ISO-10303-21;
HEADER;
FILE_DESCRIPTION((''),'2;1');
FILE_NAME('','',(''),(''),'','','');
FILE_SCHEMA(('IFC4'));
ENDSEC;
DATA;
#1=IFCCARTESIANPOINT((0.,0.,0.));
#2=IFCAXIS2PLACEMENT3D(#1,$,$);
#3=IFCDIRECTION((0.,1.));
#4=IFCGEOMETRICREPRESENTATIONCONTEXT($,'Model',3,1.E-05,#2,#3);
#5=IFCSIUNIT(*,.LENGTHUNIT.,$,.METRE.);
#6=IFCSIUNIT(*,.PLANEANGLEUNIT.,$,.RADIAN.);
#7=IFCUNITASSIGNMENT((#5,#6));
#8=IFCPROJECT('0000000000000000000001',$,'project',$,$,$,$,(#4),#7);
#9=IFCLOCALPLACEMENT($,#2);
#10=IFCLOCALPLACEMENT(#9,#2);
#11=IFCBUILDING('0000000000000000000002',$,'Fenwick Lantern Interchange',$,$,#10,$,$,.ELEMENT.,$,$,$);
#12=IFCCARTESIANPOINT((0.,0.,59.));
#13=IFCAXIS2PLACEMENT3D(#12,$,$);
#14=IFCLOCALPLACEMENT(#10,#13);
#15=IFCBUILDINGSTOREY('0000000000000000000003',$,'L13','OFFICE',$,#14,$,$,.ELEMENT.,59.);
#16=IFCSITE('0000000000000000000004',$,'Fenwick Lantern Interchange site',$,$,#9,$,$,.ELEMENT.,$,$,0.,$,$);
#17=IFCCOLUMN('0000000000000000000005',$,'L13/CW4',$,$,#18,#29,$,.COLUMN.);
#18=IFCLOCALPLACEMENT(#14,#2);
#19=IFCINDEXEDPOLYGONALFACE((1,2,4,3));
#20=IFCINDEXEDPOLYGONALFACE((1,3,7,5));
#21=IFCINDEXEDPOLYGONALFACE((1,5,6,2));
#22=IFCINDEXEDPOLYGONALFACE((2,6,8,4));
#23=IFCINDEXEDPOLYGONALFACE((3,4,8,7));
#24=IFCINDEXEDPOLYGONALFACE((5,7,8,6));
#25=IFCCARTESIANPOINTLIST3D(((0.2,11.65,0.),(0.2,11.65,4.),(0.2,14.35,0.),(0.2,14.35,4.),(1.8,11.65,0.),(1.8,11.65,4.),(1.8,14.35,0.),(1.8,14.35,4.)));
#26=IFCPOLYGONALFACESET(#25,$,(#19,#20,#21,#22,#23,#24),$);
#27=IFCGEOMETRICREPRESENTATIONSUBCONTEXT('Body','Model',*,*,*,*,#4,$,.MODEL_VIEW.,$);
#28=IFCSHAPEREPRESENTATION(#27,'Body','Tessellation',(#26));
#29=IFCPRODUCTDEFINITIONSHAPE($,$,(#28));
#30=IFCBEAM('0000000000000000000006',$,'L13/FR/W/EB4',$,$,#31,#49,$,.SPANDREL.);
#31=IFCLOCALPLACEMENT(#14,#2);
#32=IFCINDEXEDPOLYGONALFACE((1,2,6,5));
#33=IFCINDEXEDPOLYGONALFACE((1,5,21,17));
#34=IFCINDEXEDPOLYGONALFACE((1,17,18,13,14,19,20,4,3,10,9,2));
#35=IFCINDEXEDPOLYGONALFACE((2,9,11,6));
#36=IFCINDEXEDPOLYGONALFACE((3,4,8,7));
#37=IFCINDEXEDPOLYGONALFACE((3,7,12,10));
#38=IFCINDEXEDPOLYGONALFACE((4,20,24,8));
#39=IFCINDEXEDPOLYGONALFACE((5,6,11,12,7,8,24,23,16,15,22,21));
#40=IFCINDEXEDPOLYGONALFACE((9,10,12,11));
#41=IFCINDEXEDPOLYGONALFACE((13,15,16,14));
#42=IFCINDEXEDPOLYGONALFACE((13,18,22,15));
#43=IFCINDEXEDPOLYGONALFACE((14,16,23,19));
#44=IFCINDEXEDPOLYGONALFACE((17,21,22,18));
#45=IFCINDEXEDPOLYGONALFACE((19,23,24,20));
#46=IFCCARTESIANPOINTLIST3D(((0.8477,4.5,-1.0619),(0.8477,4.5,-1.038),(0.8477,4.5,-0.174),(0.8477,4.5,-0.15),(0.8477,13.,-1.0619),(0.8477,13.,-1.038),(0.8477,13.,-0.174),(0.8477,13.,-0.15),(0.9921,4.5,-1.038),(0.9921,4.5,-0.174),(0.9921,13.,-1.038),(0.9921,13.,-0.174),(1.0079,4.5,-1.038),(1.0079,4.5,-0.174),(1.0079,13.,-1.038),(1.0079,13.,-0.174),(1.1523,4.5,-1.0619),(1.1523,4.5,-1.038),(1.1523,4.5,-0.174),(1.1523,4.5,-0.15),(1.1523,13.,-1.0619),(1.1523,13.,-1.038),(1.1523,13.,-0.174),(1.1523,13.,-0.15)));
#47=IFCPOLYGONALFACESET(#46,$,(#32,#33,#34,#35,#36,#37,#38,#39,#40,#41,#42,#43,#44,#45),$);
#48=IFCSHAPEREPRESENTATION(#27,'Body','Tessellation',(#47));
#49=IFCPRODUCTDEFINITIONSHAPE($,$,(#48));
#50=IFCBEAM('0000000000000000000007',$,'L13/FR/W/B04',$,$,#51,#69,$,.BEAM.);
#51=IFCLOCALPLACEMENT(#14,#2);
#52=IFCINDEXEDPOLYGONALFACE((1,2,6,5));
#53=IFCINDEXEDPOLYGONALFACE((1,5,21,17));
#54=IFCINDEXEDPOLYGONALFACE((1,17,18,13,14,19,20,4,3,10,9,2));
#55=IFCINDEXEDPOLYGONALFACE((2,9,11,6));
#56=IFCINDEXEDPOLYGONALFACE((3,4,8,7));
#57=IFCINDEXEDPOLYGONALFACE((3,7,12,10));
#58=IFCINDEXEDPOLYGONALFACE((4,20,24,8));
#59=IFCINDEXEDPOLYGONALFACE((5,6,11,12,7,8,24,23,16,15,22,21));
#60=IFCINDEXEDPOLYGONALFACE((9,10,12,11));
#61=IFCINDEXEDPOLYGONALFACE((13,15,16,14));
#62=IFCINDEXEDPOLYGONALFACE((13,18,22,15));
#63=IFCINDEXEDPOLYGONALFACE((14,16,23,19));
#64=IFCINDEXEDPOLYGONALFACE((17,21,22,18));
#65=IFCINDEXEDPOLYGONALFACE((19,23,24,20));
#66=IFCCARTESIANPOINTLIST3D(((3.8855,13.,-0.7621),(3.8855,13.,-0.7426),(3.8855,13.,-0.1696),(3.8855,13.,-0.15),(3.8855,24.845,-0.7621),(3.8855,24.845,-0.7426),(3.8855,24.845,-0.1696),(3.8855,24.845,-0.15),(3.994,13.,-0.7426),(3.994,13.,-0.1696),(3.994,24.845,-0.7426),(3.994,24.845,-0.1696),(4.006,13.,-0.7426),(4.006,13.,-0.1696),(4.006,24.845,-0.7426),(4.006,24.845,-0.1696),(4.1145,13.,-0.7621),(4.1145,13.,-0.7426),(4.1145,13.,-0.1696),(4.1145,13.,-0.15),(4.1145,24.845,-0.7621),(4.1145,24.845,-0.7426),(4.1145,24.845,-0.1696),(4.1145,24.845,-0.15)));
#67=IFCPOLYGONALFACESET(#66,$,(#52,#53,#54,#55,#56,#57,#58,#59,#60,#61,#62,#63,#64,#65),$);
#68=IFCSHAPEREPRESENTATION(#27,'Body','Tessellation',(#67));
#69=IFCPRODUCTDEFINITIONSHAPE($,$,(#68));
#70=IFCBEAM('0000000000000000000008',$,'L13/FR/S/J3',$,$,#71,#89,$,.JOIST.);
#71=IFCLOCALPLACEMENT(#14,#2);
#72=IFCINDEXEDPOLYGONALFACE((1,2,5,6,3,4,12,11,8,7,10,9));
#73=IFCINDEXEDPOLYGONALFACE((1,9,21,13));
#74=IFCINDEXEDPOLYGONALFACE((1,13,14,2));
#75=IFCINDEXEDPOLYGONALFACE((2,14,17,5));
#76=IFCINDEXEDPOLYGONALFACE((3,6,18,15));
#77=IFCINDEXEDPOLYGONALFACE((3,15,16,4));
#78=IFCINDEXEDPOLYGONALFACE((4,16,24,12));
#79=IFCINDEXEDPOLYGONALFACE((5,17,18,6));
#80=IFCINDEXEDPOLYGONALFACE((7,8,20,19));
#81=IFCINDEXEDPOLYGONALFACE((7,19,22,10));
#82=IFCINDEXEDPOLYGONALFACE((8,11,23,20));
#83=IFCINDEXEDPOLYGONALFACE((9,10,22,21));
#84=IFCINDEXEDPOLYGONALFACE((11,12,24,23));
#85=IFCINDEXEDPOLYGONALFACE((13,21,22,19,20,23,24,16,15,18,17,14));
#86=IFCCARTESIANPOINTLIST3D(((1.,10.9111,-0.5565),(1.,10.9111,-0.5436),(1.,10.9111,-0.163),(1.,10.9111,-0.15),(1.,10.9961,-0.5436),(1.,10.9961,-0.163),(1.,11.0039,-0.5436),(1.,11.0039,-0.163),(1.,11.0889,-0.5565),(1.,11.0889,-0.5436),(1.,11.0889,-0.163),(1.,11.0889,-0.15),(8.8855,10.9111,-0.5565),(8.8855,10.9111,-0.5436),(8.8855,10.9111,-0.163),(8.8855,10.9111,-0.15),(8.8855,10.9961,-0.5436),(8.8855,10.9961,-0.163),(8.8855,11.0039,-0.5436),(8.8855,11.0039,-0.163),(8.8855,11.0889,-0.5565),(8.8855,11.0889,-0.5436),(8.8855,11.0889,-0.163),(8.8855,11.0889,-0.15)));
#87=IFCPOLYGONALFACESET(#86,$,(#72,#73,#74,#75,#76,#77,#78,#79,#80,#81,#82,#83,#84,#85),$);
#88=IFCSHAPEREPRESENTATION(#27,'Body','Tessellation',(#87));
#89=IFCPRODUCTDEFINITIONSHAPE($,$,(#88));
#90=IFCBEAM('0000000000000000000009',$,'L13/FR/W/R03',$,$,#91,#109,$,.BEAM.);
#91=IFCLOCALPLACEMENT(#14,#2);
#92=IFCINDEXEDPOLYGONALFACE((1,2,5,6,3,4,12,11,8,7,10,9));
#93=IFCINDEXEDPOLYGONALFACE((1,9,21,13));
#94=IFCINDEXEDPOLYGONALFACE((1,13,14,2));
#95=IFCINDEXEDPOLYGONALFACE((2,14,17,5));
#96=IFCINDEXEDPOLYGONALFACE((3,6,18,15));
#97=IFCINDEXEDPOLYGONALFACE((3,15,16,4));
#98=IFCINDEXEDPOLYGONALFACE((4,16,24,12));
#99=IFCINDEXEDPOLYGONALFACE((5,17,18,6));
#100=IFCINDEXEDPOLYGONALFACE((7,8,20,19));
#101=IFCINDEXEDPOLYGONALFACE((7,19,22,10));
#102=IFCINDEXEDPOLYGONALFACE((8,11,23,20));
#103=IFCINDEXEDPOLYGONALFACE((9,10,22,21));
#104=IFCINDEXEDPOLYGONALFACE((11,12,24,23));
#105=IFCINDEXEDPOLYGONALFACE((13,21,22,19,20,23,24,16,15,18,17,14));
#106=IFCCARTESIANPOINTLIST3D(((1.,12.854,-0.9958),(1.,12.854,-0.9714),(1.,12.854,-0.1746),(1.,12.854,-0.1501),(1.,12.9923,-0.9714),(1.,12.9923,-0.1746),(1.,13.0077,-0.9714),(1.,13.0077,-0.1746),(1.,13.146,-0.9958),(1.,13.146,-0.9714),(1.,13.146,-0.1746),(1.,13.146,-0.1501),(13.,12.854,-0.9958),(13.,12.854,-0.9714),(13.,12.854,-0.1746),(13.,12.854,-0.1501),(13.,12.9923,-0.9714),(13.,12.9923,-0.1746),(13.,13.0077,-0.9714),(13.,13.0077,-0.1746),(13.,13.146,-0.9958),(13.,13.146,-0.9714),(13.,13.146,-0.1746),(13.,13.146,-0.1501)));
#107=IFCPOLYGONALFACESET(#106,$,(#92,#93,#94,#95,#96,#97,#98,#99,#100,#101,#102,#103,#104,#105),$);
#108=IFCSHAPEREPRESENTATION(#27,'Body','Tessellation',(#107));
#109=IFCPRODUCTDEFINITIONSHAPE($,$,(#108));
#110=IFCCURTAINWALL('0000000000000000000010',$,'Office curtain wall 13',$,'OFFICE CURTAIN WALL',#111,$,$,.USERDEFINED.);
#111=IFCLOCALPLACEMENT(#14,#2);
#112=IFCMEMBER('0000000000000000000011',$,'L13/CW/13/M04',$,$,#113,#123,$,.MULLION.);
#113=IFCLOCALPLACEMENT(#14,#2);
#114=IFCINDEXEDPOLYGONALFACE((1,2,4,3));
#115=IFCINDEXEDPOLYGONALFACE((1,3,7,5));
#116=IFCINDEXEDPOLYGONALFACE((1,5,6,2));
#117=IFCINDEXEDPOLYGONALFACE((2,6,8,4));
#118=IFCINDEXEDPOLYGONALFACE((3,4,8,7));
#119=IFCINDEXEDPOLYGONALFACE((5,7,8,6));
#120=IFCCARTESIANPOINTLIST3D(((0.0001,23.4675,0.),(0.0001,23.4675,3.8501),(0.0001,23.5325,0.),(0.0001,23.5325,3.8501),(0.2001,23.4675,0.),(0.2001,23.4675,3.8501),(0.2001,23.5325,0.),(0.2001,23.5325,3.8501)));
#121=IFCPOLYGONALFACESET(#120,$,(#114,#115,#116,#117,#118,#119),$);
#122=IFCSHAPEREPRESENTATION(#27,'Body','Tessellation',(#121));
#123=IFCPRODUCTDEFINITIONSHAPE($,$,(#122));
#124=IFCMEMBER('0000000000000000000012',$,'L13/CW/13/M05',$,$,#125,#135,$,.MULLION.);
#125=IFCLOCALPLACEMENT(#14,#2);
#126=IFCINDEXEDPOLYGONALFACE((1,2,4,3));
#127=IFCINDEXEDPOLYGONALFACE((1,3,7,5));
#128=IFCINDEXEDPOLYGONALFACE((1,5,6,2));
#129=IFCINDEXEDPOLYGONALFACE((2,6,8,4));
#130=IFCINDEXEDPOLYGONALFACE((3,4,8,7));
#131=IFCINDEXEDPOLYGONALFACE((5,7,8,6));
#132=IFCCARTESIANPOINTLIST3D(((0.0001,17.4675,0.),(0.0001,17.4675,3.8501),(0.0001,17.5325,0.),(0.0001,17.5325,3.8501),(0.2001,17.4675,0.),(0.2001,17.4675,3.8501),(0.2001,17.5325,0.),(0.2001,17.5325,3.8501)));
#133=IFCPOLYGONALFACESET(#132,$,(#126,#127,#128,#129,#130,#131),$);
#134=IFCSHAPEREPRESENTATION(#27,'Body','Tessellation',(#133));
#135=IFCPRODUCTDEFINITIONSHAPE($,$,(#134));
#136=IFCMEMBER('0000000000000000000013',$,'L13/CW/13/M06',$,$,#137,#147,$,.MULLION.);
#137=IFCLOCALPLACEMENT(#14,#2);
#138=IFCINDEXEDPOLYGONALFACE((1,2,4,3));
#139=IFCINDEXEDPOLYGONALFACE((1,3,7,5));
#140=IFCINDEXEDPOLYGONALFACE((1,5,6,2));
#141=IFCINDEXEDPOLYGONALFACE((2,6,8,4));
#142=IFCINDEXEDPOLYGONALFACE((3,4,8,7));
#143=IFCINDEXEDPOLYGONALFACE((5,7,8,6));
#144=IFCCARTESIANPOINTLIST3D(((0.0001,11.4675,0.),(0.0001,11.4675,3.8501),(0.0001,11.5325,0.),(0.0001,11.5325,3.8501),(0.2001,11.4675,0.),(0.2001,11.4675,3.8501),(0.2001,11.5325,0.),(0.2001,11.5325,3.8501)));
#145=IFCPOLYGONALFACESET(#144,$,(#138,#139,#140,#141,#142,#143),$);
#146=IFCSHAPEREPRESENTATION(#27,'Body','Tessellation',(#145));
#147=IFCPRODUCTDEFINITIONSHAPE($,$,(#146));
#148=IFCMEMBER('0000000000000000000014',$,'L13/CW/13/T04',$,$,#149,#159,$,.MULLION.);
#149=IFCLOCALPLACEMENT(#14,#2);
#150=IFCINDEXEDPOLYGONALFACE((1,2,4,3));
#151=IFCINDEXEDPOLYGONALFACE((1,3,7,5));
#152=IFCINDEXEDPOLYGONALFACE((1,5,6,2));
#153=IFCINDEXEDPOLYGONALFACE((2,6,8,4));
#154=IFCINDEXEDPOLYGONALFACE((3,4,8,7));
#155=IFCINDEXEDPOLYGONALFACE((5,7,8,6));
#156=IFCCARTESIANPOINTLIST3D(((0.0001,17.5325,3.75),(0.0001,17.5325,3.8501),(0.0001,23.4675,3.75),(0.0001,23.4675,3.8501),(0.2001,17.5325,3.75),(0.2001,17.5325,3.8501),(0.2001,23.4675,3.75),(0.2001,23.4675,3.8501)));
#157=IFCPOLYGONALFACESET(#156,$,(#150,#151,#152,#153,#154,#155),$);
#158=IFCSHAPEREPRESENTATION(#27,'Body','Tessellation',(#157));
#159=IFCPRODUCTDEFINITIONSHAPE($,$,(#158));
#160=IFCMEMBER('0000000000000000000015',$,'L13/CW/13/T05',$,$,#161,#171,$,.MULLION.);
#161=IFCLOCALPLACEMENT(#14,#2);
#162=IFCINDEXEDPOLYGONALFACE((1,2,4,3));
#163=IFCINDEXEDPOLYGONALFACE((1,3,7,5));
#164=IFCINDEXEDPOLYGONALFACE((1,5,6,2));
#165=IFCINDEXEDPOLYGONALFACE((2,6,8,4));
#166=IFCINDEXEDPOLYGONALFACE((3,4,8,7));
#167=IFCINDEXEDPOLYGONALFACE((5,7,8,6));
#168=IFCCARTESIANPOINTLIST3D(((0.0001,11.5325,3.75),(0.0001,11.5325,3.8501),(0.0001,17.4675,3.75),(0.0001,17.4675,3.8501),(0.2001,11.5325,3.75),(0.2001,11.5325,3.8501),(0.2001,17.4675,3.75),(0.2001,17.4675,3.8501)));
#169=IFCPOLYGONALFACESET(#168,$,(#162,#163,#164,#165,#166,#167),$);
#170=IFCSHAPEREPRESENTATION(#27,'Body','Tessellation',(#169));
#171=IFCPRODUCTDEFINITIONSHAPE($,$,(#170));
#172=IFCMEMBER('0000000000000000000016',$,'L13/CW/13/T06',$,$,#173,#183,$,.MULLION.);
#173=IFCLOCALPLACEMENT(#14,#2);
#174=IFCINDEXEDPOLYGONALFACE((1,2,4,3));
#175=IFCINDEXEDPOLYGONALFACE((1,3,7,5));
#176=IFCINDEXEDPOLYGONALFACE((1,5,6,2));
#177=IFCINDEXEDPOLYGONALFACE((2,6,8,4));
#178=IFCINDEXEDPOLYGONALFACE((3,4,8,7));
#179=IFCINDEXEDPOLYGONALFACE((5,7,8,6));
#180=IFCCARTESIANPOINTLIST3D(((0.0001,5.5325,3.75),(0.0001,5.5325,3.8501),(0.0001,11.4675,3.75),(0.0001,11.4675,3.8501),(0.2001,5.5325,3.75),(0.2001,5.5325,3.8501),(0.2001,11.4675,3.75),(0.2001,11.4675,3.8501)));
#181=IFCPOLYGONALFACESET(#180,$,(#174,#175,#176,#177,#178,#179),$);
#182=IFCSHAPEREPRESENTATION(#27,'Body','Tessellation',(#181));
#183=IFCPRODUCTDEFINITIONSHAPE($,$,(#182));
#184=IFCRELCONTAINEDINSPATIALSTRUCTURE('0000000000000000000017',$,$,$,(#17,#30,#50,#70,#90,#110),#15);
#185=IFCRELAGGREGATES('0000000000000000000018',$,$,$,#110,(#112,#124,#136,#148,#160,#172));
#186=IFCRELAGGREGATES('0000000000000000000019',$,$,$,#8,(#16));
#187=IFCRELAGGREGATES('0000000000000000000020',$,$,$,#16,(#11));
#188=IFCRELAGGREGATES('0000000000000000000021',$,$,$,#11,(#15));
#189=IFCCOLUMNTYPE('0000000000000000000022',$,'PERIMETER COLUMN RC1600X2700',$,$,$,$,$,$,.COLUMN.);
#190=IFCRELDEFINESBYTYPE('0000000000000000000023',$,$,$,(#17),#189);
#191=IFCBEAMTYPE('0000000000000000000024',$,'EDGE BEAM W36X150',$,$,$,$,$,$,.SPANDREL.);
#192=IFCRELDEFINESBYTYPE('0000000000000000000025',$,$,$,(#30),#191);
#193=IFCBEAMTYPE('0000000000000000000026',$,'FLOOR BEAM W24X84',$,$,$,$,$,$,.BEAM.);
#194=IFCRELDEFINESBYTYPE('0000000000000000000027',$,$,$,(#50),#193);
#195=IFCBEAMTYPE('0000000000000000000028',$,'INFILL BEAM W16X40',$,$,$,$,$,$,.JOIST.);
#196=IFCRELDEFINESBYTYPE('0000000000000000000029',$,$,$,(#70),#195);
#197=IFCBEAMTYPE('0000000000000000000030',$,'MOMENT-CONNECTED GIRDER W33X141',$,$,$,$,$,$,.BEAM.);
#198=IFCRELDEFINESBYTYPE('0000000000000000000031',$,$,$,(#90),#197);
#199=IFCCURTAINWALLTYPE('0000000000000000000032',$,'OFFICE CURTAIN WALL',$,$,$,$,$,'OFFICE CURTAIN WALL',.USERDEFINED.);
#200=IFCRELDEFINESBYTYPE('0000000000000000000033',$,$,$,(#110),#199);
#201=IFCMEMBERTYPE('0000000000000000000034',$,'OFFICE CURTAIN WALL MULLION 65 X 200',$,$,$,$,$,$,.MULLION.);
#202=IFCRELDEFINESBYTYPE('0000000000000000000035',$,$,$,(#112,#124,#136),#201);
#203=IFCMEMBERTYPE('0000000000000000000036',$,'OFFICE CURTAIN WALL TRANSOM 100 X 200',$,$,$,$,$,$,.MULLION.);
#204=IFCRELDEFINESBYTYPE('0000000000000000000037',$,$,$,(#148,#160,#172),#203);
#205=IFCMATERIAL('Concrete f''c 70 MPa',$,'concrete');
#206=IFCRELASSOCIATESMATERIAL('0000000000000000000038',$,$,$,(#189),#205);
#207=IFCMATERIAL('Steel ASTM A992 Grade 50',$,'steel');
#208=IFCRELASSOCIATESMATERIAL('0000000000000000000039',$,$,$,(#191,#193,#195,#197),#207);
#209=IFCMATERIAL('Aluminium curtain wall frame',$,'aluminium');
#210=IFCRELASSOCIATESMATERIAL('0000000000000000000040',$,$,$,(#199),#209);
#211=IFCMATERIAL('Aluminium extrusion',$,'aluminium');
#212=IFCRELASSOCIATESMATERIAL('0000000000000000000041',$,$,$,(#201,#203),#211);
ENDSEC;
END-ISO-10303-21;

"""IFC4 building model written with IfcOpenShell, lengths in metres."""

from ifc_helpers import new_model, si_unit, direction, frame, origin, origin_2d, place, context, subcontext, project, spatial, rectangle, i_section, extrude, material, material_profile, profile_set, type_object, element, aggregate, save


model = new_model("IFC4")

# Units and contexts
model_context = context("Model", 3, precision=1e-05, world=origin(), true_north=direction((0.0, 1.0)))
body_context = subcontext(model_context, "Body", "Model", "MODEL_VIEW")
ifc_project = project(units=[si_unit("LENGTHUNIT", "METRE"), si_unit("PLANEANGLEUNIT", "RADIAN")], contexts=[model_context])

# Site, building, storey
site_placement = place(None, origin())
site = spatial("IfcSite", under=ifc_project, at=site_placement, Name="Fenwick Lantern Interchange site", CompositionType="ELEMENT", RefElevation=0.0)
building_placement = place(site_placement, origin())
building = spatial("IfcBuilding", under=site, at=building_placement, Name="Fenwick Lantern Interchange", CompositionType="ELEMENT")
storey_placement = place(building_placement, frame((0.0, 0.0, 59.0)))
storey = spatial("IfcBuildingStorey", under=building, at=storey_placement, Name="L13", Description="OFFICE", CompositionType="ELEMENT", Elevation=59.0)

# Column
ifc_material_1 = material(Name="Concrete f'c 70 MPa", Category="concrete")
ifc_material_profile_1 = material_profile(ifc_material_1, rectangle(XDim=1.6001, YDim=2.7, at=origin_2d()), Name="RC1600X2700")
ifc_profile_set_1 = profile_set([ifc_material_profile_1], Name="Concrete f'c 70 MPa")
column_type = type_object("IfcColumnType", Name="PERIMETER COLUMN RC1600X2700", PredefinedType="COLUMN", material=ifc_profile_set_1)
column_placement = place(storey_placement, frame((1.0, 13.0, 0.0), z_axis=(0.0, 0.0, 1.0), x_axis=(1.0, 0.0, 0.0)))
element("IfcColumn", 1, at=column_placement, inside=storey, type_object=column_type, Name="L13/CW4", PredefinedType="COLUMN", context=body_context, shape_type="SweptSolid", body=[
    extrude(rectangle(XDim=1.6001, YDim=2.7, at=origin_2d()), origin(), (0.0, 0.0, 1.0), 4.0),
])

# Beams
ifc_material_2 = material(Name="Steel ASTM A992 Grade 50", Category="steel")
ifc_material_profile_2 = material_profile(ifc_material_2, i_section(OverallWidth=0.3047, OverallDepth=0.9119, WebThickness=0.0159, FlangeThickness=0.0239, at=origin_2d()), Name="W36X150")
ifc_profile_set_2 = profile_set([ifc_material_profile_2], Name="Steel ASTM A992 Grade 50")
beam_type_1 = type_object("IfcBeamType", Name="EDGE BEAM W36X150", PredefinedType="SPANDREL", material=ifc_profile_set_2)
beam_1_placement = place(storey_placement, frame((1.0, 13.0, -0.606), z_axis=(0.0, -1.0, 0.0), x_axis=(1.0, 0.0, 0.0)))
element("IfcBeam", 2, at=beam_1_placement, inside=storey, type_object=beam_type_1, Name="L13/FR/W/EB4", PredefinedType="SPANDREL", context=body_context, shape_type="SweptSolid", body=[
    extrude(i_section(OverallWidth=0.3047, OverallDepth=0.9119, WebThickness=0.0159, FlangeThickness=0.0239, at=origin_2d()), origin(), (0.0, 0.0, 1.0), 8.5),
])
ifc_material_profile_3 = material_profile(ifc_material_2, i_section(OverallWidth=0.229, OverallDepth=0.6121, WebThickness=0.012, FlangeThickness=0.0195, at=origin_2d()), Name="W24X84")
ifc_profile_set_3 = profile_set([ifc_material_profile_3], Name="Steel ASTM A992 Grade 50")
beam_type_2 = type_object("IfcBeamType", Name="FLOOR BEAM W24X84", PredefinedType="BEAM", material=ifc_profile_set_3)
beam_2_placement = place(storey_placement, frame((4.0, 24.845, -0.4561), z_axis=(0.0, -1.0, 0.0), x_axis=(1.0, 0.0, 0.0)))
element("IfcBeam", 3, at=beam_2_placement, inside=storey, type_object=beam_type_2, Name="L13/FR/W/B04", PredefinedType="BEAM", context=body_context, shape_type="SweptSolid", body=[
    extrude(i_section(OverallWidth=0.229, OverallDepth=0.6121, WebThickness=0.012, FlangeThickness=0.0195, at=origin_2d()), origin(), (0.0, 0.0, 1.0), 11.845),
])
ifc_material_profile_4 = material_profile(ifc_material_2, i_section(OverallWidth=0.1777, OverallDepth=0.4065, WebThickness=0.0078, FlangeThickness=0.0129, at=origin_2d()), Name="W16X40")
ifc_profile_set_4 = profile_set([ifc_material_profile_4], Name="Steel ASTM A992 Grade 50")
beam_type_3 = type_object("IfcBeamType", Name="INFILL BEAM W16X40", PredefinedType="JOIST", material=ifc_profile_set_4)
beam_3_placement = place(storey_placement, frame((1.0, 11.0, -0.3533), z_axis=(1.0, 0.0, 0.0), x_axis=(0.0, 1.0, 0.0)))
element("IfcBeam", 4, at=beam_3_placement, inside=storey, type_object=beam_type_3, Name="L13/FR/S/J3", PredefinedType="JOIST", context=body_context, shape_type="SweptSolid", body=[
    extrude(i_section(OverallWidth=0.1777, OverallDepth=0.4065, WebThickness=0.0078, FlangeThickness=0.0129, at=origin_2d()), origin(), (0.0, 0.0, 1.0), 7.8855),
])
ifc_material_profile_5 = material_profile(ifc_material_2, i_section(OverallWidth=0.292, OverallDepth=0.8457, WebThickness=0.0154, FlangeThickness=0.0244, at=origin_2d()), Name="W33X141")
ifc_profile_set_5 = profile_set([ifc_material_profile_5], Name="Steel ASTM A992 Grade 50")
beam_type_4 = type_object("IfcBeamType", Name="MOMENT-CONNECTED GIRDER W33X141", PredefinedType="BEAM", material=ifc_profile_set_5)
beam_4_placement = place(storey_placement, frame((1.0, 13.0, -0.573), z_axis=(1.0, 0.0, 0.0), x_axis=(0.0, 1.0, 0.0)))
element("IfcBeam", 5, at=beam_4_placement, inside=storey, type_object=beam_type_4, Name="L13/FR/W/R03", PredefinedType="BEAM", context=body_context, shape_type="SweptSolid", body=[
    extrude(i_section(OverallWidth=0.292, OverallDepth=0.8457, WebThickness=0.0154, FlangeThickness=0.0244, at=origin_2d()), origin(), (0.0, 0.0, 1.0), 12.0),
])

# Curtain wall, members
ifc_material_3 = material(Name="Aluminium curtain wall frame", Category="aluminium")
curtain_wall_type = type_object("IfcCurtainWallType", Name="OFFICE CURTAIN WALL", ElementType="OFFICE CURTAIN WALL", PredefinedType="USERDEFINED", material=ifc_material_3)
curtain_wall_placement = place(storey_placement, origin())
curtain_wall = element("IfcCurtainWall", 6, at=curtain_wall_placement, inside=storey, type_object=curtain_wall_type, Name="Office curtain wall 13", ObjectType="OFFICE CURTAIN WALL", PredefinedType="USERDEFINED")
ifc_material_4 = material(Name="Aluminium extrusion", Category="aluminium")
ifc_material_profile_6 = material_profile(ifc_material_4, rectangle(XDim=0.2, YDim=0.0649, at=origin_2d()), Name="OFFICE CURTAIN WALL MULLION 65 X 200")
ifc_profile_set_6 = profile_set([ifc_material_profile_6], Name="Aluminium extrusion")
member_type_1 = type_object("IfcMemberType", Name="OFFICE CURTAIN WALL MULLION 65 X 200", PredefinedType="MULLION", material=ifc_profile_set_6)
member_1_placement = place(storey_placement, frame((0.1001, 23.5, 0.0), z_axis=(0.0, 0.0, 1.0), x_axis=(1.0, 0.0, 0.0)))
member_1 = element("IfcMember", 7, at=member_1_placement, type_object=member_type_1, Name="L13/CW/13/M04", PredefinedType="MULLION", context=body_context, shape_type="SweptSolid", body=[
    extrude(rectangle(XDim=0.2, YDim=0.0649, at=origin_2d()), origin(), (0.0, 0.0, 1.0), 3.8501),
])
member_2_placement = place(storey_placement, frame((0.1001, 17.5, 0.0), z_axis=(0.0, 0.0, 1.0), x_axis=(1.0, 0.0, 0.0)))
member_2 = element("IfcMember", 8, at=member_2_placement, type_object=member_type_1, Name="L13/CW/13/M05", PredefinedType="MULLION", context=body_context, shape_type="SweptSolid", body=[
    extrude(rectangle(XDim=0.2, YDim=0.0649, at=origin_2d()), origin(), (0.0, 0.0, 1.0), 3.8501),
])
member_3_placement = place(storey_placement, frame((0.1001, 11.5, 0.0), z_axis=(0.0, 0.0, 1.0), x_axis=(1.0, 0.0, 0.0)))
member_3 = element("IfcMember", 9, at=member_3_placement, type_object=member_type_1, Name="L13/CW/13/M06", PredefinedType="MULLION", context=body_context, shape_type="SweptSolid", body=[
    extrude(rectangle(XDim=0.2, YDim=0.0649, at=origin_2d()), origin(), (0.0, 0.0, 1.0), 3.8501),
])
ifc_material_profile_7 = material_profile(ifc_material_4, rectangle(XDim=0.2, YDim=0.1001, at=origin_2d()), Name="OFFICE CURTAIN WALL TRANSOM 100 X 200")
ifc_profile_set_7 = profile_set([ifc_material_profile_7], Name="Aluminium extrusion")
member_type_2 = type_object("IfcMemberType", Name="OFFICE CURTAIN WALL TRANSOM 100 X 200", PredefinedType="MULLION", material=ifc_profile_set_7)
member_4_placement = place(storey_placement, frame((0.1001, 23.4675, 3.8), z_axis=(0.0, -1.0, 0.0), x_axis=(1.0, 0.0, 0.0)))
member_4 = element("IfcMember", 10, at=member_4_placement, type_object=member_type_2, Name="L13/CW/13/T04", PredefinedType="MULLION", context=body_context, shape_type="SweptSolid", body=[
    extrude(rectangle(XDim=0.2, YDim=0.1001, at=origin_2d()), origin(), (0.0, 0.0, 1.0), 5.9351),
])
member_5_placement = place(storey_placement, frame((0.1001, 17.4675, 3.8), z_axis=(0.0, -1.0, 0.0), x_axis=(1.0, 0.0, 0.0)))
member_5 = element("IfcMember", 11, at=member_5_placement, type_object=member_type_2, Name="L13/CW/13/T05", PredefinedType="MULLION", context=body_context, shape_type="SweptSolid", body=[
    extrude(rectangle(XDim=0.2, YDim=0.1001, at=origin_2d()), origin(), (0.0, 0.0, 1.0), 5.9351),
])
member_6_placement = place(storey_placement, frame((0.1001, 11.4675, 3.8), z_axis=(0.0, -1.0, 0.0), x_axis=(1.0, 0.0, 0.0)))
member_6 = element("IfcMember", 12, at=member_6_placement, type_object=member_type_2, Name="L13/CW/13/T06", PredefinedType="MULLION", context=body_context, shape_type="SweptSolid", body=[
    extrude(rectangle(XDim=0.2, YDim=0.1001, at=origin_2d()), origin(), (0.0, 0.0, 1.0), 5.9351),
])
aggregate(curtain_wall, [member_1, member_2, member_3, member_4, member_5, member_6])

save(model, "model.ifc")
